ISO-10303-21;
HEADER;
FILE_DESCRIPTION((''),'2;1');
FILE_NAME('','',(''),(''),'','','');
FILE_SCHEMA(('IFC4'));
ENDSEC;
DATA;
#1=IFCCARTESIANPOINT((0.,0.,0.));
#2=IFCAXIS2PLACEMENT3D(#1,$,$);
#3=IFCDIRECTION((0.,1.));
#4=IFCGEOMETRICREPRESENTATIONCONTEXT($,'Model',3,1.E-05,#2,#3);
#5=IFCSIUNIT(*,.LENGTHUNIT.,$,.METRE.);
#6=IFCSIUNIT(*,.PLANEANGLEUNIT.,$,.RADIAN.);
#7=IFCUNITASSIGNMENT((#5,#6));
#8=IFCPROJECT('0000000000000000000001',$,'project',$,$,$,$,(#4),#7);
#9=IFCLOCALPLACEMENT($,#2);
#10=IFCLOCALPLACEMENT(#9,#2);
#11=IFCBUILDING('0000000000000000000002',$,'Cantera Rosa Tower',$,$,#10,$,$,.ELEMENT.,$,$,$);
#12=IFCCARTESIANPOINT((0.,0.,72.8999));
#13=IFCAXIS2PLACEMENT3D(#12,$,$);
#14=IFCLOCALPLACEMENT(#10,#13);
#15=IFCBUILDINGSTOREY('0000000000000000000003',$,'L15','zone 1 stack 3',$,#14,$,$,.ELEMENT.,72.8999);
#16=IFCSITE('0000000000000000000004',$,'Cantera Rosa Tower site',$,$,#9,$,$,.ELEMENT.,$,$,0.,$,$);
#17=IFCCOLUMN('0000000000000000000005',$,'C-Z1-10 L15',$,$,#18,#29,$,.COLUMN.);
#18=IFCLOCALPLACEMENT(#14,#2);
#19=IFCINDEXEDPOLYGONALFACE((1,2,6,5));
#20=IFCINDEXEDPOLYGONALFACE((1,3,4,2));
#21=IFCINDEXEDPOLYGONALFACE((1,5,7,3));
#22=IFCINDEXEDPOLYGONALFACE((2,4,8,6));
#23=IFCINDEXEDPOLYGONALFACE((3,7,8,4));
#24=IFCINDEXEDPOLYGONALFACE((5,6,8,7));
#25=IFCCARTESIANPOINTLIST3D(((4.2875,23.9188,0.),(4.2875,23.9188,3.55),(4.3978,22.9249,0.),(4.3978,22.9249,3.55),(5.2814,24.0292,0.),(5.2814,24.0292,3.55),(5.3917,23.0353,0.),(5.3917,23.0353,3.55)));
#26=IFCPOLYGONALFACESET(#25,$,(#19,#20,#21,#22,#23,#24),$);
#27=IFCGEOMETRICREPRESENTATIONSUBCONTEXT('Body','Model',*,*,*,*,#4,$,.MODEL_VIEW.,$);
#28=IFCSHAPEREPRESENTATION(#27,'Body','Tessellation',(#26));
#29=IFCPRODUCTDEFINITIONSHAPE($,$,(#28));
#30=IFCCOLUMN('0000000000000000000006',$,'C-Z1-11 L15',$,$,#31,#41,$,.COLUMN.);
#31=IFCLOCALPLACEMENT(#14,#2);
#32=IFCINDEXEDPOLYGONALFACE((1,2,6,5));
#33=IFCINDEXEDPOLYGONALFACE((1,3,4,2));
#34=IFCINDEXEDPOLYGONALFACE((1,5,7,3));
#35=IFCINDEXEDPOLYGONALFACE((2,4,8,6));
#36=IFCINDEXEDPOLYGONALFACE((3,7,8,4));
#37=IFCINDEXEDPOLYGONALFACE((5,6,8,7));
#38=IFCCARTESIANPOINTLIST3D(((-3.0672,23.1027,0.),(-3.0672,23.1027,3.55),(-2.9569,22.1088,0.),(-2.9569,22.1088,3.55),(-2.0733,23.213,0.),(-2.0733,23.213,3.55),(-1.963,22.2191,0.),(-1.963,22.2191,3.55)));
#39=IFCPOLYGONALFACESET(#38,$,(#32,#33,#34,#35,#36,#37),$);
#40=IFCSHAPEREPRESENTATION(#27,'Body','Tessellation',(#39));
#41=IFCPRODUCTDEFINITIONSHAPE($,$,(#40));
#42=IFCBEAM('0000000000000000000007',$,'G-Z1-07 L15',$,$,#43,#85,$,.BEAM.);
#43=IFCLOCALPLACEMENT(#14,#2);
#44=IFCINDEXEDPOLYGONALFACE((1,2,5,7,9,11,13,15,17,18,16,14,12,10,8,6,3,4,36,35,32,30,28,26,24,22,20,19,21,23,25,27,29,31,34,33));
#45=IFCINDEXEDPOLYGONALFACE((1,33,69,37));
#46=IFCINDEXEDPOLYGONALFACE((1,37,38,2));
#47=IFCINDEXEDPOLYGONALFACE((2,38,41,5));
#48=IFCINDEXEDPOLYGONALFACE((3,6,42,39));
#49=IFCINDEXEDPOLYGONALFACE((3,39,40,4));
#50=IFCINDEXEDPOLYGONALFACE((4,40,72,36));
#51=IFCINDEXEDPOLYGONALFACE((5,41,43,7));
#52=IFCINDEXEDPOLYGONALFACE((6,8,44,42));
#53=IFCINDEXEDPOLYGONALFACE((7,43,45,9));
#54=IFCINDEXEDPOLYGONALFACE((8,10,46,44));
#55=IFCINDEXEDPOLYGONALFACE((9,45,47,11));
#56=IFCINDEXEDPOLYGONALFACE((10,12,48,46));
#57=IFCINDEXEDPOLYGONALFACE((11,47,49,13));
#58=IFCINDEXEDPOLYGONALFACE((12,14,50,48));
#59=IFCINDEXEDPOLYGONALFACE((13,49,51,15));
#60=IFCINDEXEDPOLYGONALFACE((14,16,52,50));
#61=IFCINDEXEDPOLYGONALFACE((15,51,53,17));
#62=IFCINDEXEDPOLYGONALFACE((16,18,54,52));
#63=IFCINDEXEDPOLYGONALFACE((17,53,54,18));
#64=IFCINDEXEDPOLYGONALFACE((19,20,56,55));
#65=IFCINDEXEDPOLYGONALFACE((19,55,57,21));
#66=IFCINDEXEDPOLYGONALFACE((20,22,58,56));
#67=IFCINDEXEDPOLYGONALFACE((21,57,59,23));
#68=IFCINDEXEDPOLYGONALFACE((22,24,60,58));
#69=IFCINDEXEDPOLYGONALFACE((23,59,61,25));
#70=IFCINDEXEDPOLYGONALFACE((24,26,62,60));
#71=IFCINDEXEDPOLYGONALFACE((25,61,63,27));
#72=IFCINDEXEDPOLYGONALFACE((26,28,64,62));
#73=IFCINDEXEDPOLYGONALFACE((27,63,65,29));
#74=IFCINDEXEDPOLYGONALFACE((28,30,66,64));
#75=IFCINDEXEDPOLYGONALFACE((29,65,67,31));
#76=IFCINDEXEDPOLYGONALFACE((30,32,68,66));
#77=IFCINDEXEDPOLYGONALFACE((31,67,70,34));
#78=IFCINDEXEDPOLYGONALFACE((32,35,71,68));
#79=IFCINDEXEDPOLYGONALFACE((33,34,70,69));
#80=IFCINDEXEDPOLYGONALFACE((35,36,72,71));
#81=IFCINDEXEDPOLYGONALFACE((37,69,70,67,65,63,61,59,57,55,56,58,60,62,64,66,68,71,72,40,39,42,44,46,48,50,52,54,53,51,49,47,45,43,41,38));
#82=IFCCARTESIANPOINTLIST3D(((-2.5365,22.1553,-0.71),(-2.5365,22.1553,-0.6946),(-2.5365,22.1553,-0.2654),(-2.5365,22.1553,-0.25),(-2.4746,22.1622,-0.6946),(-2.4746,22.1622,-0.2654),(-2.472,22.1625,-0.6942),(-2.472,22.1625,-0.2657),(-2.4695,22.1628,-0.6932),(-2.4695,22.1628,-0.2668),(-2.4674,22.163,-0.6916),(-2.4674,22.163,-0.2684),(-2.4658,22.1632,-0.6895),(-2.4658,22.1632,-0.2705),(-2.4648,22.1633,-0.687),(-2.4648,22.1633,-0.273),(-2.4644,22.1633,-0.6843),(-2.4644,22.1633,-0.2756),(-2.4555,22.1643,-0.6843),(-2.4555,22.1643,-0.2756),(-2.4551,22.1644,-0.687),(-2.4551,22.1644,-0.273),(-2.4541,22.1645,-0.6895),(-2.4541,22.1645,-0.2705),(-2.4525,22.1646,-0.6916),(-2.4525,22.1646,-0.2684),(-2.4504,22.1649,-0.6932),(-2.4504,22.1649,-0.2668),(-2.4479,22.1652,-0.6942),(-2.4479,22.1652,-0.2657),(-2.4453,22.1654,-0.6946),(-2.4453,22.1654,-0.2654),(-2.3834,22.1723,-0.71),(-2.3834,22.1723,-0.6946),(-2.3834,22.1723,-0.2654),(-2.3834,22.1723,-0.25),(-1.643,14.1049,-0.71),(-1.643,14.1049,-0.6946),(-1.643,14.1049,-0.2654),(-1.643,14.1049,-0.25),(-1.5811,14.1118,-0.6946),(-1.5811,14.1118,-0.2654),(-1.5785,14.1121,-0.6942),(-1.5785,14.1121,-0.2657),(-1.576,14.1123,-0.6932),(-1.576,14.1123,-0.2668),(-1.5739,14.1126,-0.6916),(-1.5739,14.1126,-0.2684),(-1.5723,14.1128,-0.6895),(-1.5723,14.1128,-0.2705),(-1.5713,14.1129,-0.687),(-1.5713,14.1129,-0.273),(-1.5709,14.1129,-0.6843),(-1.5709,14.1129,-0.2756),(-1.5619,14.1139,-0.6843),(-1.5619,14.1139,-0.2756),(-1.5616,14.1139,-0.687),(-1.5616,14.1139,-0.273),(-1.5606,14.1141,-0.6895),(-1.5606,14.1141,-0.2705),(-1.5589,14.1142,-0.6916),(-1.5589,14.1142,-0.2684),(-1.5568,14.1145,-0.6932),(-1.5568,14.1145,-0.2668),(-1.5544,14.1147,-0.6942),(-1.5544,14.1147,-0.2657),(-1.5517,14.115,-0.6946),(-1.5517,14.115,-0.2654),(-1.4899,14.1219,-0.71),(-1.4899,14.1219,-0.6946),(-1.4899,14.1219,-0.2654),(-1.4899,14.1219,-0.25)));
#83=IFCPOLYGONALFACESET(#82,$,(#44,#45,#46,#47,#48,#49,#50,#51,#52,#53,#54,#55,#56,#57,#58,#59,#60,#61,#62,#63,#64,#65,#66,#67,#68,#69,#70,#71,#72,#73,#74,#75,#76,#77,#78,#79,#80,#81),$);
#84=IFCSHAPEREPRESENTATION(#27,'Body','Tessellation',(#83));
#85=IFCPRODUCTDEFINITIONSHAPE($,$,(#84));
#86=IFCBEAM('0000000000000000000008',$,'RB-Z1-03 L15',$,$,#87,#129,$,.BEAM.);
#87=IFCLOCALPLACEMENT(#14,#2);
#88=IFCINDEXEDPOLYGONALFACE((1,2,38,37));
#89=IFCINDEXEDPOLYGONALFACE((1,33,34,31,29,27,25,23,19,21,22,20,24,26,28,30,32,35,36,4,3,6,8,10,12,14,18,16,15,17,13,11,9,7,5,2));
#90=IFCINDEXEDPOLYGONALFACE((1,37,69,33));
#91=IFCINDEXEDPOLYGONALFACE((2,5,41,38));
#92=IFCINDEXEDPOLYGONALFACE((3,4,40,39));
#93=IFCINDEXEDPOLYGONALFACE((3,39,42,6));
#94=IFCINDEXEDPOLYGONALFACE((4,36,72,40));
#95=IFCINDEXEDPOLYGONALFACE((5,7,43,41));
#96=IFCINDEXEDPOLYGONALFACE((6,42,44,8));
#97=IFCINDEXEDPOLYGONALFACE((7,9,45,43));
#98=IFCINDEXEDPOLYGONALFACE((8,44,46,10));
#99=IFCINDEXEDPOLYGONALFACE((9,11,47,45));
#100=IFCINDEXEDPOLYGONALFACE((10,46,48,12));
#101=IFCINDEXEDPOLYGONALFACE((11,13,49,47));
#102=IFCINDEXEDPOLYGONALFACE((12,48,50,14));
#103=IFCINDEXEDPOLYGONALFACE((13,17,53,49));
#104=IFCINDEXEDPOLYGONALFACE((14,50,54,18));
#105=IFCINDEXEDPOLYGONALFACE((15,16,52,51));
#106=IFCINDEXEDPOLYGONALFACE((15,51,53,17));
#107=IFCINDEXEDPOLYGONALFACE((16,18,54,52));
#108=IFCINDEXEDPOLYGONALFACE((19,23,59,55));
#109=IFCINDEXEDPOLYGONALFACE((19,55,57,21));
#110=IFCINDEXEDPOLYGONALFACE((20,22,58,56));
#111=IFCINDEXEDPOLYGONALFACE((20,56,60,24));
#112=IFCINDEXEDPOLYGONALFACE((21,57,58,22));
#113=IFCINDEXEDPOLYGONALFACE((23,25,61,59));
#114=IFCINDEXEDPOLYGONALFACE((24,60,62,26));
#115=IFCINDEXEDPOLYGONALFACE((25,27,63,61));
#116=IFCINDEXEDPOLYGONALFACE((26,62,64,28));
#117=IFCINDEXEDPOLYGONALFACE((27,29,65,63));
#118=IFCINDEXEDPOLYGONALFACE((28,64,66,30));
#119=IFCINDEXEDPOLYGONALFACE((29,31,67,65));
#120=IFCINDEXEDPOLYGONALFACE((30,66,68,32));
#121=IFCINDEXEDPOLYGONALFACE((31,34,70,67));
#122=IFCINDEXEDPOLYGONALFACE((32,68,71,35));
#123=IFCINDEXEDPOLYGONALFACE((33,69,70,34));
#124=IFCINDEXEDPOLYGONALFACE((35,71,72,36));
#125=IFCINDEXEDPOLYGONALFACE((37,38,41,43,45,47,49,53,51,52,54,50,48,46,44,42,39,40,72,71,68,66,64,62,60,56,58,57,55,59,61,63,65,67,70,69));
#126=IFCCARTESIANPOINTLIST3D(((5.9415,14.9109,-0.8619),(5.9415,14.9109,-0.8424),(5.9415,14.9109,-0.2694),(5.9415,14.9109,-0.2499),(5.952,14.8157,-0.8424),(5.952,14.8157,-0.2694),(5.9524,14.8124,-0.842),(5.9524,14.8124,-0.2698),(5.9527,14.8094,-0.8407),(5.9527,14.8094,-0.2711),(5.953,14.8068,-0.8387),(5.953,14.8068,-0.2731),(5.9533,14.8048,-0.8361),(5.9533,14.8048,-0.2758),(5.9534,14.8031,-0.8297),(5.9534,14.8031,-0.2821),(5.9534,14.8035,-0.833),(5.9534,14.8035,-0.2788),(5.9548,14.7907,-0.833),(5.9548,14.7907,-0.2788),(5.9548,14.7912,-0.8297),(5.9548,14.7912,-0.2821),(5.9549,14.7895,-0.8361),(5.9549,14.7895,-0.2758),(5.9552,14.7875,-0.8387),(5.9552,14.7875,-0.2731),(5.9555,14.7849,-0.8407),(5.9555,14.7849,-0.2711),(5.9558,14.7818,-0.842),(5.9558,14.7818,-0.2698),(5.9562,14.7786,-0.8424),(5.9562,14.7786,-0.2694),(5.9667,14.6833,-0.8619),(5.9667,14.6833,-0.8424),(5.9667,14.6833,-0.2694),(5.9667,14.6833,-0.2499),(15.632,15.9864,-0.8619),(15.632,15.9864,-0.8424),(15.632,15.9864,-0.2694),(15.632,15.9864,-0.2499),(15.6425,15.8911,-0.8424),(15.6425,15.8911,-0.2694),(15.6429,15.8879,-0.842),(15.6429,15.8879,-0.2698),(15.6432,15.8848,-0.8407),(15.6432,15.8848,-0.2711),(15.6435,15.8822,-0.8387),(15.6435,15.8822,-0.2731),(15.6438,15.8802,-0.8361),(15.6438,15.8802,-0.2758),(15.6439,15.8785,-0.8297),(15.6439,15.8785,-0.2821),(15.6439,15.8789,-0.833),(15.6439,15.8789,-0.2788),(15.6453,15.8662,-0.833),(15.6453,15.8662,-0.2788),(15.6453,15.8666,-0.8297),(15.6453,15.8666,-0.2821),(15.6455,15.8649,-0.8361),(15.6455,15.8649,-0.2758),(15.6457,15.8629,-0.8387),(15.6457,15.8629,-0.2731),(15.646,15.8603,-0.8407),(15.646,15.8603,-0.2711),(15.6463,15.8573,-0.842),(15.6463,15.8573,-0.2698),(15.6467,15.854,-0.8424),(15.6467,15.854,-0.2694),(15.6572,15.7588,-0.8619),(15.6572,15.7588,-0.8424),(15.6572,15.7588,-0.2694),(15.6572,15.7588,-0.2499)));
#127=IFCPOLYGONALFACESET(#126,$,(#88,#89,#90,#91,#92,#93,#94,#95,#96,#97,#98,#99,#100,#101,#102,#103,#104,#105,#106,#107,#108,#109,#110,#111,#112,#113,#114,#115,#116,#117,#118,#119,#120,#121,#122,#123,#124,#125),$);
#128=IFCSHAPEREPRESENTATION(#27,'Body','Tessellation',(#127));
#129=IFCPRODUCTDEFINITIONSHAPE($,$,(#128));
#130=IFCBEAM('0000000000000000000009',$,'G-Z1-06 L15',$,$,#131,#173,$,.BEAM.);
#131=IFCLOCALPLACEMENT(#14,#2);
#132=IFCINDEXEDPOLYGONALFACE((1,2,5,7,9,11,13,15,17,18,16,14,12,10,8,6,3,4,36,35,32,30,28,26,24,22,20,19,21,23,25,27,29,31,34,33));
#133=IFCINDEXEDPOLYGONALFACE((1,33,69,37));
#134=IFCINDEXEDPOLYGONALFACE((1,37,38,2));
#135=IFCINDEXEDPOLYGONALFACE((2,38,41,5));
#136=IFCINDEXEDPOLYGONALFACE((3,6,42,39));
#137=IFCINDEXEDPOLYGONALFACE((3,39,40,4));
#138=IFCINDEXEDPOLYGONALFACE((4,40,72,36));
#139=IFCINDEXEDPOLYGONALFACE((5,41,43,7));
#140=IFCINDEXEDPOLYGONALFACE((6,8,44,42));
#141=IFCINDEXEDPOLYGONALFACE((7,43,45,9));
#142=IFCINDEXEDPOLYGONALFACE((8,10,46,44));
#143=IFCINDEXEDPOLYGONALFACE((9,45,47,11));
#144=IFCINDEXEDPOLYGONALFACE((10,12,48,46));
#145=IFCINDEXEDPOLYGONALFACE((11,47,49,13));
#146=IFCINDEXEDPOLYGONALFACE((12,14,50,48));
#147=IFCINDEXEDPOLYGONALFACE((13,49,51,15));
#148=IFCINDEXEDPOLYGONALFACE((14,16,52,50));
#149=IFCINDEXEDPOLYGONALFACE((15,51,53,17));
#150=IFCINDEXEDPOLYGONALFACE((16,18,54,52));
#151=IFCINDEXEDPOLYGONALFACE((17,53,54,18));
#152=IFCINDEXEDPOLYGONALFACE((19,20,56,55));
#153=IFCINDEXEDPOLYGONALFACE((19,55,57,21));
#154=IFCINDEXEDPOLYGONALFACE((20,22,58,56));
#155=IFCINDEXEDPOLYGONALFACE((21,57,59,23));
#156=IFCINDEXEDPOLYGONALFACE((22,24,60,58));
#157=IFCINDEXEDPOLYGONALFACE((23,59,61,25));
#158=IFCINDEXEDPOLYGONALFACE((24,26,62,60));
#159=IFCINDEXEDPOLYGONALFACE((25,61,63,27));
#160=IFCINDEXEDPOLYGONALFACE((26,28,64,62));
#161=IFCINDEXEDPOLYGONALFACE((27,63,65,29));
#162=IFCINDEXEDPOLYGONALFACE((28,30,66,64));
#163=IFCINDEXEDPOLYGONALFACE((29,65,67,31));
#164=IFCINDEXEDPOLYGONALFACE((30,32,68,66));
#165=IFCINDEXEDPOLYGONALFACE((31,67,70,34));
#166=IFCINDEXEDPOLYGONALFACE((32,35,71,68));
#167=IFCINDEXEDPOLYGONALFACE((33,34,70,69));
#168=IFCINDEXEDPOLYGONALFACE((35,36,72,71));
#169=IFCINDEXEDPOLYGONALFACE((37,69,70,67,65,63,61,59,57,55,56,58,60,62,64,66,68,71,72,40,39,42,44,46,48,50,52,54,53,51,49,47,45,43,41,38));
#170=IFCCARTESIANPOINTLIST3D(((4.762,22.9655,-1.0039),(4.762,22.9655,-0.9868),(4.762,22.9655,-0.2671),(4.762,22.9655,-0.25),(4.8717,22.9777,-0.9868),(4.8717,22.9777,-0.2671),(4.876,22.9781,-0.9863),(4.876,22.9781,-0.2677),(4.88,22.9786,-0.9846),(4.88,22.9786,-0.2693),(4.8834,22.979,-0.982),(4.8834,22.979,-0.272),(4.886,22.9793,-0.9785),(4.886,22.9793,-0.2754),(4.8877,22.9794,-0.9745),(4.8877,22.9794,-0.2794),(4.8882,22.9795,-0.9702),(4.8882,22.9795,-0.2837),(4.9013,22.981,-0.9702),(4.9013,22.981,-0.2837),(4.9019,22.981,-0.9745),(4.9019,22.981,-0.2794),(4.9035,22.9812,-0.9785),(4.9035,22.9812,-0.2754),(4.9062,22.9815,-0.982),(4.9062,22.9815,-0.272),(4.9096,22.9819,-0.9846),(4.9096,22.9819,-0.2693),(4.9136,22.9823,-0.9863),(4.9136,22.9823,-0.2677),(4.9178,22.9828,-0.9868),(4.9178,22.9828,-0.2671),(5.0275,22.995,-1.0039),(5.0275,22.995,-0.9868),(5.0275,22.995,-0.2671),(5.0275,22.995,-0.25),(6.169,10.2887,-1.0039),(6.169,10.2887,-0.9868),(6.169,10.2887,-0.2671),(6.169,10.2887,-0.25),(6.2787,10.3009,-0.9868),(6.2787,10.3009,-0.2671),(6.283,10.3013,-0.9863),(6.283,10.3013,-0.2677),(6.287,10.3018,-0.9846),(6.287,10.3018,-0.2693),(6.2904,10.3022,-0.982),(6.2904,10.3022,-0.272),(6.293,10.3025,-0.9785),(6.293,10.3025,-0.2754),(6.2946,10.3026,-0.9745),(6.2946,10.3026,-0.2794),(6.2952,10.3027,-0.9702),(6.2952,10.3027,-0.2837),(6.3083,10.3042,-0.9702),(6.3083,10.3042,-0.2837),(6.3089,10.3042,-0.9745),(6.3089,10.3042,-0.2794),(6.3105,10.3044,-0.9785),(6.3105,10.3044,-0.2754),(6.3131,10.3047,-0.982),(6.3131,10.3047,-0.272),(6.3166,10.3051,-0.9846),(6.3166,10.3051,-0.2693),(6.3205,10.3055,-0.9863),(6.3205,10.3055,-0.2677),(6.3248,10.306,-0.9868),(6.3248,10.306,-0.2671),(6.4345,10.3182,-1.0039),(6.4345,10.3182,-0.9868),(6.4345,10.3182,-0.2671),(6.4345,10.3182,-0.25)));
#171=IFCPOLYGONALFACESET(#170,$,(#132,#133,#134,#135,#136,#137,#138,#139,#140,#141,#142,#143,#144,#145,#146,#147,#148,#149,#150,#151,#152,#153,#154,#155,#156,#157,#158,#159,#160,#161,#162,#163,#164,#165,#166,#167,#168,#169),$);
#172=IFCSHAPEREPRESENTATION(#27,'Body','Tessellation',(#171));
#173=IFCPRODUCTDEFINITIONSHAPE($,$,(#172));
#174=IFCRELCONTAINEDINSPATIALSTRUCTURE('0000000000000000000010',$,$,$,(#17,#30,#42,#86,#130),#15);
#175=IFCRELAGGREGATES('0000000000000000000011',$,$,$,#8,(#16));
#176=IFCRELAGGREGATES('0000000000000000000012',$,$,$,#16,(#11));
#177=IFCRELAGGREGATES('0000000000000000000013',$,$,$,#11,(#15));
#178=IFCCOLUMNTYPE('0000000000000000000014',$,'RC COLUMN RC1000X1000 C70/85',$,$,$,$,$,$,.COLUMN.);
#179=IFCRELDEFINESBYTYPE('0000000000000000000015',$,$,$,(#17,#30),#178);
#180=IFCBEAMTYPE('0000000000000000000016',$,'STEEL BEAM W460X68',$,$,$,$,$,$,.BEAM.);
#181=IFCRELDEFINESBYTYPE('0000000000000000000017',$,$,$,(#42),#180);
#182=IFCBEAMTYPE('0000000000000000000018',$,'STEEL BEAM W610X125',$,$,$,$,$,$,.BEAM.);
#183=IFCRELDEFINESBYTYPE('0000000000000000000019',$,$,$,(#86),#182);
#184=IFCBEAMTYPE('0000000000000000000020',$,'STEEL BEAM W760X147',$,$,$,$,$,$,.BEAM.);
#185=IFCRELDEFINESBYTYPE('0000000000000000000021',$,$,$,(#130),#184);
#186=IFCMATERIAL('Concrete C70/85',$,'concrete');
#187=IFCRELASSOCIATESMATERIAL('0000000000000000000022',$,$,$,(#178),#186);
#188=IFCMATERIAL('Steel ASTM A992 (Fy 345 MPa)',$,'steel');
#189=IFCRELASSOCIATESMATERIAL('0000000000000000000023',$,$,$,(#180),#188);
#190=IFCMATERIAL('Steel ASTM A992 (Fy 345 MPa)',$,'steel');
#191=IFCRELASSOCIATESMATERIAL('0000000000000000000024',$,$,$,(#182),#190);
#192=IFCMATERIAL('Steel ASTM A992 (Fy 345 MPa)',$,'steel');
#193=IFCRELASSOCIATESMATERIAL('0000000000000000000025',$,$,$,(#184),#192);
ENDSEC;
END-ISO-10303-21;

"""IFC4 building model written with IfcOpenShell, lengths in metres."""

from ifc_helpers import new_model, si_unit, direction, frame, origin, origin_2d, place, context, subcontext, project, spatial, rectangle, i_section, extrude, material, material_profile, profile_set, type_object, element, save


model = new_model("IFC4")

# Units and contexts
model_context = context("Model", 3, precision=1e-05, world=origin(), true_north=direction((0.0, 1.0)))
body_context = subcontext(model_context, "Body", "Model", "MODEL_VIEW")
ifc_project = project(units=[si_unit("LENGTHUNIT", "METRE"), si_unit("PLANEANGLEUNIT", "RADIAN")], contexts=[model_context])

# Site, building, storey
site_placement = place(None, origin())
site = spatial("IfcSite", under=ifc_project, at=site_placement, Name="Cantera Rosa Tower site", CompositionType="ELEMENT", RefElevation=0.0)
building_placement = place(site_placement, origin())
building = spatial("IfcBuilding", under=site, at=building_placement, Name="Cantera Rosa Tower", CompositionType="ELEMENT")
storey_placement = place(building_placement, frame((0.0, 0.0, 72.8999)))
storey = spatial("IfcBuildingStorey", under=building, at=storey_placement, Name="L15", Description="zone 1 stack 3", CompositionType="ELEMENT", Elevation=72.8999)

# Columns
ifc_material_1 = material(Name="Concrete C70/85", Category="concrete")
ifc_material_profile_1 = material_profile(ifc_material_1, rectangle(XDim=1.0, YDim=1.0, at=origin_2d()), Name="RC COLUMN RC1000X1000 C70/85")
ifc_profile_set_1 = profile_set([ifc_material_profile_1], Name="Concrete C70/85")
column_type = type_object("IfcColumnType", Name="RC COLUMN RC1000X1000 C70/85", PredefinedType="COLUMN", material=ifc_profile_set_1)
for number, where, z_axis, x_axis, name in (
    (1, (4.8396, 23.4771, 0.0), (0.0, 0.0, 1.0), (0.993897, 0.110313, 0.0), "C-Z1-10 L15"),
    (2, (-2.5151, 22.6609, 0.0), (0.0, 0.0, 1.0), (0.993897, 0.110313, 0.0), "C-Z1-11 L15"),
):
    element("IfcColumn", number, at=place(storey_placement, frame(where, z_axis=z_axis, x_axis=x_axis)), inside=storey, type_object=column_type, Name=name, PredefinedType="COLUMN", context=body_context, shape_type="SweptSolid", body=[
        extrude(rectangle(XDim=1.0, YDim=1.0, at=origin_2d()), origin(), (0.0, 0.0, 1.0), 3.55),
    ])

# Beams
ifc_material_2 = material(Name="Steel ASTM A992 (Fy 345 MPa)", Category="steel")
ifc_material_profile_2 = material_profile(ifc_material_2, i_section(OverallWidth=0.1541, OverallDepth=0.46, WebThickness=0.009, FlangeThickness=0.0154, FilletRadius=0.0103, at=origin_2d()), Name="W460X68")
ifc_profile_set_2 = profile_set([ifc_material_profile_2], Name="Steel ASTM A992 (Fy 345 MPa)")
beam_type_1 = type_object("IfcBeamType", Name="STEEL BEAM W460X68", PredefinedType="BEAM", material=ifc_profile_set_2)
beam_1_placement = place(storey_placement, frame((-2.46, 22.1638, -0.48), z_axis=(0.110316, -0.993897, 0.0), x_axis=(0.993897, 0.110316, 0.0)))
element("IfcBeam", 3, at=beam_1_placement, inside=storey, type_object=beam_type_1, Name="G-Z1-07 L15", PredefinedType="BEAM", context=body_context, shape_type="SweptSolid", body=[
    extrude(i_section(OverallWidth=0.1541, OverallDepth=0.46, WebThickness=0.009, FlangeThickness=0.0154, FilletRadius=0.0103, at=origin_2d()), origin(), (0.0, 0.0, 1.0), 8.0999),
])
ifc_material_3 = material(Name="Steel ASTM A992 (Fy 345 MPa)", Category="steel")
ifc_material_profile_3 = material_profile(ifc_material_3, i_section(OverallWidth=0.229, OverallDepth=0.6121, WebThickness=0.012, FlangeThickness=0.0195, FilletRadius=0.0127, at=origin_2d()), Name="W610X125")
ifc_profile_set_3 = profile_set([ifc_material_profile_3], Name="Steel ASTM A992 (Fy 345 MPa)")
beam_type_2 = type_object("IfcBeamType", Name="STEEL BEAM W610X125", PredefinedType="BEAM", material=ifc_profile_set_3)
beam_2_placement = place(storey_placement, frame((5.9541, 14.7971, -0.5559), z_axis=(0.993898, 0.110302, 0.0), x_axis=(-0.110302, 0.993898, 0.0)))
element("IfcBeam", 4, at=beam_2_placement, inside=storey, type_object=beam_type_2, Name="RB-Z1-03 L15", PredefinedType="BEAM", context=body_context, shape_type="SweptSolid", body=[
    extrude(i_section(OverallWidth=0.229, OverallDepth=0.6121, WebThickness=0.012, FlangeThickness=0.0195, FilletRadius=0.0127, at=origin_2d()), origin(), (0.0, 0.0, 1.0), 9.75),
])
ifc_material_4 = material(Name="Steel ASTM A992 (Fy 345 MPa)", Category="steel")
ifc_material_profile_4 = material_profile(ifc_material_4, i_section(OverallWidth=0.2671, OverallDepth=0.7539, WebThickness=0.0132, FlangeThickness=0.0171, FilletRadius=0.0166, at=origin_2d()), Name="W760X147")
ifc_profile_set_4 = profile_set([ifc_material_profile_4], Name="Steel ASTM A992 (Fy 345 MPa)")
beam_type_3 = type_object("IfcBeamType", Name="STEEL BEAM W760X147", PredefinedType="BEAM", material=ifc_profile_set_4)
beam_3_placement = place(storey_placement, frame((4.8948, 22.9802, -0.627), z_axis=(0.110312, -0.993897, 0.0), x_axis=(0.993897, 0.110312, 0.0)))
element("IfcBeam", 5, at=beam_3_placement, inside=storey, type_object=beam_type_3, Name="G-Z1-06 L15", PredefinedType="BEAM", context=body_context, shape_type="SweptSolid", body=[
    extrude(i_section(OverallWidth=0.2671, OverallDepth=0.7539, WebThickness=0.0132, FlangeThickness=0.0171, FilletRadius=0.0166, at=origin_2d()), origin(), (0.0, 0.0, 1.0), 12.7546),
])

save(model, "model.ifc")
